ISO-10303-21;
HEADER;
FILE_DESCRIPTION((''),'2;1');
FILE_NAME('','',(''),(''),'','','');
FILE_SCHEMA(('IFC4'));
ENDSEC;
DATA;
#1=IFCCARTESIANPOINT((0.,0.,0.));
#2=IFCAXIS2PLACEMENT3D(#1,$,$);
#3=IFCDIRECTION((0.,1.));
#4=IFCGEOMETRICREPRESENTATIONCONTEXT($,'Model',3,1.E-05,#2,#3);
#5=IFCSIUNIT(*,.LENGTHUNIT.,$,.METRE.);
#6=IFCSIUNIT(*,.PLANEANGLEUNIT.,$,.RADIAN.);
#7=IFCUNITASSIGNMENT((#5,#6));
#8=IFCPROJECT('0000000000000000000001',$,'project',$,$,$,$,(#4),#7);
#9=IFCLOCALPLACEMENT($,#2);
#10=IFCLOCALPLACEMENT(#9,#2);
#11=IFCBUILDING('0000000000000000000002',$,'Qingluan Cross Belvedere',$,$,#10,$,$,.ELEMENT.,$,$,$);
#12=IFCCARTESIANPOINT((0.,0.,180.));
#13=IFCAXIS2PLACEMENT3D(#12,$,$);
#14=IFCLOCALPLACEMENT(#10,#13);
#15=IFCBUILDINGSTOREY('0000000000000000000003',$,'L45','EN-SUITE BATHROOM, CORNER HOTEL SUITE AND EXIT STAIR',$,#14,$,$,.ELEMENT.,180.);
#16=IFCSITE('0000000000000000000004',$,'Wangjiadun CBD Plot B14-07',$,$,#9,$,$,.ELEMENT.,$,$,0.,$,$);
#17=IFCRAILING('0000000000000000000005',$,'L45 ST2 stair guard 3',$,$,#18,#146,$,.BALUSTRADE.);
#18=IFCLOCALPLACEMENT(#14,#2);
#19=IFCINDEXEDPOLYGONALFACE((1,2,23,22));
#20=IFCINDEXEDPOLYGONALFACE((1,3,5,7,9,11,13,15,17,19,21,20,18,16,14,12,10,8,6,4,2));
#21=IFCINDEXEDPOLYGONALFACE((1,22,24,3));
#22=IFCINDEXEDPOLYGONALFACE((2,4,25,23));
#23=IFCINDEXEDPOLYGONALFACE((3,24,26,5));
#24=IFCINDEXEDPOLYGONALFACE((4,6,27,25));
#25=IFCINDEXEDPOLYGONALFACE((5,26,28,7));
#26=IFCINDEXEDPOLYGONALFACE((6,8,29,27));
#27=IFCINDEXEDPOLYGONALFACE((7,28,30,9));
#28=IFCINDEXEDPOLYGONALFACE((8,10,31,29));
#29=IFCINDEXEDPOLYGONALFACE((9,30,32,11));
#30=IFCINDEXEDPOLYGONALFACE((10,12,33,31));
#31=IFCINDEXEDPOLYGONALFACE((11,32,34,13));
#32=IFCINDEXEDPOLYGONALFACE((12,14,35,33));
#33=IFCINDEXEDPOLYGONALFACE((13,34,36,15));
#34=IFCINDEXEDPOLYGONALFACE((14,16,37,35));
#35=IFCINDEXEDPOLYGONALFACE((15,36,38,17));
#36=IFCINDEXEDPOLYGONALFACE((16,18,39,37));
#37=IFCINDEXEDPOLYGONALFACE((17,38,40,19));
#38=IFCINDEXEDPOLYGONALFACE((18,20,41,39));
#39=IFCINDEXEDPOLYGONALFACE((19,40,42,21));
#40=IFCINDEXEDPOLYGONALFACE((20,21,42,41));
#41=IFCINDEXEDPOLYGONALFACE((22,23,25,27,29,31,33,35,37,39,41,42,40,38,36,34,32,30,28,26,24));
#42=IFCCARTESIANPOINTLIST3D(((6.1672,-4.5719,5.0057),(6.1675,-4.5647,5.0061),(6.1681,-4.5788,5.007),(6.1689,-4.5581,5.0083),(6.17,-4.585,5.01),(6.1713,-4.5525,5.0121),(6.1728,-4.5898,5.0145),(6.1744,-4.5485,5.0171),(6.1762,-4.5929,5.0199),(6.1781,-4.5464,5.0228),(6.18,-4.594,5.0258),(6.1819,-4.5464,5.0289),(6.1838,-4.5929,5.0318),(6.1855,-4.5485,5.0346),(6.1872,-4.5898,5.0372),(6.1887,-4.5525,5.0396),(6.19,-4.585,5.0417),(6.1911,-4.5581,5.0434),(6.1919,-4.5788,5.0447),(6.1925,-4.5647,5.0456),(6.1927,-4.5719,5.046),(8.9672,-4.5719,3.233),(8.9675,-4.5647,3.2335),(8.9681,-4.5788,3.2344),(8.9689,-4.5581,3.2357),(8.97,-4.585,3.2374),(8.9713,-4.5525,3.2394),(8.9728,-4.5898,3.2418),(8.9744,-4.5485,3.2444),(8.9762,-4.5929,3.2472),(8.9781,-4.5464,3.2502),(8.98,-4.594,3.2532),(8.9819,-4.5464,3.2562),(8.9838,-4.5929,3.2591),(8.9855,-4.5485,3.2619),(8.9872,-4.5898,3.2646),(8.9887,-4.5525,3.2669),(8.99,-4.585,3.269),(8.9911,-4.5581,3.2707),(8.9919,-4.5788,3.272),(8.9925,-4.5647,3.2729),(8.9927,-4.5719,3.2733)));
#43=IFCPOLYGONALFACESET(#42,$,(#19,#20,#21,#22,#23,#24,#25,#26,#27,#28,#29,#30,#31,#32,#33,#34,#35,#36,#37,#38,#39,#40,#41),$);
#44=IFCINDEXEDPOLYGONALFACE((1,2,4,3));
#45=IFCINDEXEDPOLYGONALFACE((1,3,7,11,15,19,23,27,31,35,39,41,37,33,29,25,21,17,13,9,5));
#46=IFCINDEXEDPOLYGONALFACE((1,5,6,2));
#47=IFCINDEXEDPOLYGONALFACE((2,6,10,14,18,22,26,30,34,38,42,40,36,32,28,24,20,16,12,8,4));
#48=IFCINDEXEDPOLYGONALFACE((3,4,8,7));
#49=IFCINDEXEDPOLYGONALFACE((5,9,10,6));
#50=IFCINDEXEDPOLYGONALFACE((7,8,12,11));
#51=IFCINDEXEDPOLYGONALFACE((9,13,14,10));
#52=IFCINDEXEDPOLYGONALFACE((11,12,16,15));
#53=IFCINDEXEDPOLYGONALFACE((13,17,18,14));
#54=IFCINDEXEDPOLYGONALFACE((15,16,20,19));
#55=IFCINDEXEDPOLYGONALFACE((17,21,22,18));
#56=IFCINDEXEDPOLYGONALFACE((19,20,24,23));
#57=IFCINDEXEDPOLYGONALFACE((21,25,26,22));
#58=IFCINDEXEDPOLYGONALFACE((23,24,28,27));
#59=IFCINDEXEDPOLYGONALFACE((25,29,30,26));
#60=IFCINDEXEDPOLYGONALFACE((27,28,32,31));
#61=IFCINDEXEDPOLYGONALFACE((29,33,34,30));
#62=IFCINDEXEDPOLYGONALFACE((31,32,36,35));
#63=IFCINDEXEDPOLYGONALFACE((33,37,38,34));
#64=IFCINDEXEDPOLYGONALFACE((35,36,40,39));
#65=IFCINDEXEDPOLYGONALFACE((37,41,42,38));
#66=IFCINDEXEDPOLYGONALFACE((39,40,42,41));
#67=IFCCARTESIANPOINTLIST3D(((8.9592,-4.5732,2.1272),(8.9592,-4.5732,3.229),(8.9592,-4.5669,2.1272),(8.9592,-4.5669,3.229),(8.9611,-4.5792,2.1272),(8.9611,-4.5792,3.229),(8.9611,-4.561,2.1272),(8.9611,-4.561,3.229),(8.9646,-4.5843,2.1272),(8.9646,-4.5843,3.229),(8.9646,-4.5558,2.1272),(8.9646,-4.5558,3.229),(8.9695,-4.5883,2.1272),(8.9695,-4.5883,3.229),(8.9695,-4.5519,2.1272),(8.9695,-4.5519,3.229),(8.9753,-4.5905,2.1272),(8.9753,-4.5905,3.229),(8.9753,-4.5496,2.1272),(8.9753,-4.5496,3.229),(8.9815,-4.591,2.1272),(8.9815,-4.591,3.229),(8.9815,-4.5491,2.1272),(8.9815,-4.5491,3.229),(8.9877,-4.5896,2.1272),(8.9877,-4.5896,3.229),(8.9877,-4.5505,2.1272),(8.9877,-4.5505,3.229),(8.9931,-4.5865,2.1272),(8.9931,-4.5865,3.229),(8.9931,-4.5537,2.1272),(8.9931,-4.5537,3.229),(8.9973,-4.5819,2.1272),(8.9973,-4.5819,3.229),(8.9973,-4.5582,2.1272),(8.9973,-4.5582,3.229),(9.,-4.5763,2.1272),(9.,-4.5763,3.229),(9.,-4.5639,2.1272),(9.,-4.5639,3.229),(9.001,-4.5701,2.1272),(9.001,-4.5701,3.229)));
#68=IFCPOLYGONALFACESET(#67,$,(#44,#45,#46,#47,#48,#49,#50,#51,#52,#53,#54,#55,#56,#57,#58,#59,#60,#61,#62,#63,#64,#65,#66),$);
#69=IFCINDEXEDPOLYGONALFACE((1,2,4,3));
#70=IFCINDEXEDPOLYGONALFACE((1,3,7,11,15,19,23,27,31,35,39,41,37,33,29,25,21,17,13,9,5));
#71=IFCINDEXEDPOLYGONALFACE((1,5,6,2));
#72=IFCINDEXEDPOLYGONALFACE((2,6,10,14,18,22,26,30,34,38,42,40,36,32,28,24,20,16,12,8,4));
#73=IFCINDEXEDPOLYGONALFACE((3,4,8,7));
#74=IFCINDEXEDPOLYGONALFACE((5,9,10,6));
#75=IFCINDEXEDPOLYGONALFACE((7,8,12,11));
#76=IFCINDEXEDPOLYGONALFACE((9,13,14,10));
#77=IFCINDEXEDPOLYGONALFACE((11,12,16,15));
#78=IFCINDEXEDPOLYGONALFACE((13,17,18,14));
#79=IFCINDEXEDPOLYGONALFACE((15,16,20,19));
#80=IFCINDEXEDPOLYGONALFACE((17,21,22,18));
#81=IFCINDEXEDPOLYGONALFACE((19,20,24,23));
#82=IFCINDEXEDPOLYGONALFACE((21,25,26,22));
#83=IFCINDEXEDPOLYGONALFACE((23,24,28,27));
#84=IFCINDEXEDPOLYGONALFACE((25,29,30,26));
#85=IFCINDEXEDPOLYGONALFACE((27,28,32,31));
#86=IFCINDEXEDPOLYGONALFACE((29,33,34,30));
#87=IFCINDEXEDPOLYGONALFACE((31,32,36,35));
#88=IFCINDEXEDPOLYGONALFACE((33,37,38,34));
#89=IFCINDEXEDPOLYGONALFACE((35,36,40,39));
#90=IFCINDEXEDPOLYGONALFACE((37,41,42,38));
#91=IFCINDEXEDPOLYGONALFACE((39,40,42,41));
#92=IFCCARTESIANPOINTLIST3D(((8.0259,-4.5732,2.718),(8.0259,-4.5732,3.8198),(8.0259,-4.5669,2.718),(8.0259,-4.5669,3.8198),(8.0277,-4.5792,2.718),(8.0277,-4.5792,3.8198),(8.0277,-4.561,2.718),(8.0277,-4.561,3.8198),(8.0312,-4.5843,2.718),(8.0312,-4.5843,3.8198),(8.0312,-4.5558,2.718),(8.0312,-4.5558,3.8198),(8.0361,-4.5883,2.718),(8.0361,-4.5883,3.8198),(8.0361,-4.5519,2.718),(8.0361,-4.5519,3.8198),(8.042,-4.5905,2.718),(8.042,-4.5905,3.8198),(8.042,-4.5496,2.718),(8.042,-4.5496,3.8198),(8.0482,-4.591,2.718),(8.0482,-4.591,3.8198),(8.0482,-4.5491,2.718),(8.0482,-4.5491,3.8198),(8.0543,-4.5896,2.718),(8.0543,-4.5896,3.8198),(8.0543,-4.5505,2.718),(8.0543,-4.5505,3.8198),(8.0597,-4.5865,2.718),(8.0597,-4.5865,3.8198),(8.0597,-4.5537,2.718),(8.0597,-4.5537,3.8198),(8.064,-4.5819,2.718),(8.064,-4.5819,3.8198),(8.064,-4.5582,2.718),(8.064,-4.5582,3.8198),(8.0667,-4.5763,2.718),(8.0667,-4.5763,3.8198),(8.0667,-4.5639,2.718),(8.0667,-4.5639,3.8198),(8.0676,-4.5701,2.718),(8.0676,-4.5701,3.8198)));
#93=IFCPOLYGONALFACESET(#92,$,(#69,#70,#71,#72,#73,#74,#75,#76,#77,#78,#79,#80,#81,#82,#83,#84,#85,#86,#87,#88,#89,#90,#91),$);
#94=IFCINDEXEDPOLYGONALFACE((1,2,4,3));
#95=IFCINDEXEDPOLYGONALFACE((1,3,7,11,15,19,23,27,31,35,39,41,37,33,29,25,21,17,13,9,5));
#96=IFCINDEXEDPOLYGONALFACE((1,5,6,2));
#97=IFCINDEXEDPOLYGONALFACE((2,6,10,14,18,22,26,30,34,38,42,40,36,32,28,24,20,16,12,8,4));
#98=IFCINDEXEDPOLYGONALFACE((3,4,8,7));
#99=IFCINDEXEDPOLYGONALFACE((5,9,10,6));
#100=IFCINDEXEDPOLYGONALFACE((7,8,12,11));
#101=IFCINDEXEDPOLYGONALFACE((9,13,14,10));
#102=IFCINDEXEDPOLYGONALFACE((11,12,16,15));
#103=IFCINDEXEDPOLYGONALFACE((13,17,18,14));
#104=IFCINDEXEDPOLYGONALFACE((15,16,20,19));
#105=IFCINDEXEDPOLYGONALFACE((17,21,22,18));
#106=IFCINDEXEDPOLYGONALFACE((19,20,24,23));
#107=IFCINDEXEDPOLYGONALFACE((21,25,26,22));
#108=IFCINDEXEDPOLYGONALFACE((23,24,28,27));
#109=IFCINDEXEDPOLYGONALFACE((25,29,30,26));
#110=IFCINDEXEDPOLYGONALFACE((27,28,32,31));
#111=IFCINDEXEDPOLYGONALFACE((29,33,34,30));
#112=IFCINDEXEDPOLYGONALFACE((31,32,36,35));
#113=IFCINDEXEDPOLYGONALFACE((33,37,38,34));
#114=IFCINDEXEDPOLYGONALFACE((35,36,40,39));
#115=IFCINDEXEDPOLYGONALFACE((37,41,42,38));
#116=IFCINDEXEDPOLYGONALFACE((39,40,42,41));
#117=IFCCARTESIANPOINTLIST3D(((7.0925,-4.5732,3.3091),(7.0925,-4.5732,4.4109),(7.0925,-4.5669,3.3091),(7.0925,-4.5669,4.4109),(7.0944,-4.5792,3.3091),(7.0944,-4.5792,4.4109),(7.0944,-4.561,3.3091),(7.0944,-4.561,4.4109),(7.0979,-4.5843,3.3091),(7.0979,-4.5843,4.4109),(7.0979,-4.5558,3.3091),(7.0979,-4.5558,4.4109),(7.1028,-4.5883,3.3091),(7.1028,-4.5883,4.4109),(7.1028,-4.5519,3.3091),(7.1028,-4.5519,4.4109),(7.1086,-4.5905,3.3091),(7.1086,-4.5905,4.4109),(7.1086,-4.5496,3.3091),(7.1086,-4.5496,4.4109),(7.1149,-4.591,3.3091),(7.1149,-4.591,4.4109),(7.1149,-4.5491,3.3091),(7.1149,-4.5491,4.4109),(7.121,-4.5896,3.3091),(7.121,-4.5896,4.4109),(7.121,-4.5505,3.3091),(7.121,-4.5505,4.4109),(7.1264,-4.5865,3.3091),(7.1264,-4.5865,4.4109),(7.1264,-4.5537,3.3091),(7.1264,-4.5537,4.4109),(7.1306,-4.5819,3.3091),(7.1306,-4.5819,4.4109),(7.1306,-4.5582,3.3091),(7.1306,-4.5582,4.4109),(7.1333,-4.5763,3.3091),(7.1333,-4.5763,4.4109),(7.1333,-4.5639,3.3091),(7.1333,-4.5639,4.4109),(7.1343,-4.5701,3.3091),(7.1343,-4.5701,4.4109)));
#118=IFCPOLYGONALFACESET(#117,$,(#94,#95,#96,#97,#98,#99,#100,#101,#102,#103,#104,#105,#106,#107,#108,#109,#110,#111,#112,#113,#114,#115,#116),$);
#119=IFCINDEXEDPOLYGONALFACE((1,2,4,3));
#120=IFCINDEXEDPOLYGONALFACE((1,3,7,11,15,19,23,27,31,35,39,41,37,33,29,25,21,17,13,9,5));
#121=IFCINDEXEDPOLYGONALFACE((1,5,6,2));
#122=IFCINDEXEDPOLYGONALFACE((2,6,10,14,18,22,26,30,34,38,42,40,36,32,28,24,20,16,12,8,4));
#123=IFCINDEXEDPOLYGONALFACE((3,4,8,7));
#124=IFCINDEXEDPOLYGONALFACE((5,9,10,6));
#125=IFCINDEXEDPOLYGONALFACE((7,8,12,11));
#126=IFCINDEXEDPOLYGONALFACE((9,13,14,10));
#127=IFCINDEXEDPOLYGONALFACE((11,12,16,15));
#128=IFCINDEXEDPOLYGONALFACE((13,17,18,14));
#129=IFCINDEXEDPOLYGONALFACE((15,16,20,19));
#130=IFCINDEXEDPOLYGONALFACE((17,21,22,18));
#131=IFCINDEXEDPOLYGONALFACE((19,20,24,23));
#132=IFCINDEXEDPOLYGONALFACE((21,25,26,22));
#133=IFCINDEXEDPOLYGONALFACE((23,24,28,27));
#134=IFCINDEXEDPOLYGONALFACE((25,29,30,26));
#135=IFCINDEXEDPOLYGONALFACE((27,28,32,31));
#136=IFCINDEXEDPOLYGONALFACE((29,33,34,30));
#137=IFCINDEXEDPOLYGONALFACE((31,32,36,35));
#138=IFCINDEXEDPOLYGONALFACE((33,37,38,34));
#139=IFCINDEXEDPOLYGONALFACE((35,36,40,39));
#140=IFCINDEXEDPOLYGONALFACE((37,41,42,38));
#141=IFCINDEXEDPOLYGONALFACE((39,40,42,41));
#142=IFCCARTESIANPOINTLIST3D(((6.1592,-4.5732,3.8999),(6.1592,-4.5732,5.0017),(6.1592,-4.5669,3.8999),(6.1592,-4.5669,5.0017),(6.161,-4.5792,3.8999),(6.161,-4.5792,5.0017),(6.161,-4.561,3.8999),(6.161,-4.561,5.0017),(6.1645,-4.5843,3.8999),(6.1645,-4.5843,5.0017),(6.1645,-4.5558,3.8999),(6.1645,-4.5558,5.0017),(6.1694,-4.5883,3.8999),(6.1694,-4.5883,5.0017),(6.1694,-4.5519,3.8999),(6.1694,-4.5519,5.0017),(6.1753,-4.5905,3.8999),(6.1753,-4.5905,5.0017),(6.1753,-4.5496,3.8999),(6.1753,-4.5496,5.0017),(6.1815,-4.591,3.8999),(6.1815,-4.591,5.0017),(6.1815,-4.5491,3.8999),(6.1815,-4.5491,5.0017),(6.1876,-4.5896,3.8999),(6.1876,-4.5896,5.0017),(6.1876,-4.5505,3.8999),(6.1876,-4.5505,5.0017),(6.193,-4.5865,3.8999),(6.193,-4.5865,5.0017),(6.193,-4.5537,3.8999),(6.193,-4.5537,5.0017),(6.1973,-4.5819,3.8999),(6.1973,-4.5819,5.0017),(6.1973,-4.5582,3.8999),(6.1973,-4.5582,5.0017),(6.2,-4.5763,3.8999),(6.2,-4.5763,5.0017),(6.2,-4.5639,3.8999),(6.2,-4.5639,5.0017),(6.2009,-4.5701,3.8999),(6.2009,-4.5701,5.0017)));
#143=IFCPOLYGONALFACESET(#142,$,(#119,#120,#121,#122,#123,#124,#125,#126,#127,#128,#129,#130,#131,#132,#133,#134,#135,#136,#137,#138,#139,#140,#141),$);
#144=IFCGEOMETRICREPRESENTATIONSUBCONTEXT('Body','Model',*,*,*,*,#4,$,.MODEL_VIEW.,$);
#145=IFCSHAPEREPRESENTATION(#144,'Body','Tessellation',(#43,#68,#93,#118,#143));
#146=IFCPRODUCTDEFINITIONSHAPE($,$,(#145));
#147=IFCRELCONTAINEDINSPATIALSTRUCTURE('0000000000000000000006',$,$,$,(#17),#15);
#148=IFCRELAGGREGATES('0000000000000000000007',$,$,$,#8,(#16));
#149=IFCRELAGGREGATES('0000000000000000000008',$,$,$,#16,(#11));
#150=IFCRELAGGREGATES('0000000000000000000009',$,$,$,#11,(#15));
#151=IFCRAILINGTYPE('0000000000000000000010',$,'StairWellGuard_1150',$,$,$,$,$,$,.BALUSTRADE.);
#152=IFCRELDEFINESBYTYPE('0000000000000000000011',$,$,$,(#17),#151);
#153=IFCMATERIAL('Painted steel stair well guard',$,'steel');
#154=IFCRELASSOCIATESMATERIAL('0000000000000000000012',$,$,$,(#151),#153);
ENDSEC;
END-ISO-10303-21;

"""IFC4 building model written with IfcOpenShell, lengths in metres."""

from ifc_helpers import new_model, si_unit, direction, frame, origin, origin_2d, place, context, subcontext, project, spatial, circle, extrude, material, type_object, element, save


model = new_model("IFC4")

# Units and contexts
model_context = context("Model", 3, precision=1e-05, world=origin(), true_north=direction((0.0, 1.0)))
body_context = subcontext(model_context, "Body", "Model", "MODEL_VIEW")
ifc_project = project(units=[si_unit("LENGTHUNIT", "METRE"), si_unit("PLANEANGLEUNIT", "RADIAN")], contexts=[model_context])

# Site, building, storey
site_placement = place(None, origin())
site = spatial("IfcSite", under=ifc_project, at=site_placement, Name="Wangjiadun CBD Plot B14-07", CompositionType="ELEMENT", RefElevation=0.0)
building_placement = place(site_placement, origin())
building = spatial("IfcBuilding", under=site, at=building_placement, Name="Qingluan Cross Belvedere", CompositionType="ELEMENT")
storey_placement = place(building_placement, frame((0.0, 0.0, 180.0)))
storey = spatial("IfcBuildingStorey", under=building, at=storey_placement, Name="L45", Description="EN-SUITE BATHROOM, CORNER HOTEL SUITE AND EXIT STAIR", CompositionType="ELEMENT", Elevation=180.0)

# Railing
ifc_material_1 = material(Name="Painted steel stair well guard", Category="steel")
railing_type_1 = type_object("IfcRailingType", Name="StairWellGuard_1150", PredefinedType="BALUSTRADE", material=ifc_material_1)
railing_1_placement = place(storey_placement, frame((8.98, -4.5701, 2.1272)))
element("IfcRailing", 1, at=railing_1_placement, inside=storey, type_object=railing_type_1, Name="L45 ST2 stair guard 3", PredefinedType="BALUSTRADE", context=body_context, shape_type="SweptSolid", body=[
    extrude(circle(Radius=0.0239, at=origin_2d()), frame((0.0, 0.0, 1.126), z_axis=(-0.844909, 0.0, 0.53491), x_axis=(0.0, -1.0, 0.0)), (0.0, 0.0, 1.0), 3.314),
    extrude(circle(Radius=0.021, at=origin_2d()), origin(), (0.0, 0.0, 1.0), 1.1018),
    extrude(circle(Radius=0.021, at=origin_2d()), frame((-0.9333, 0.0, 0.5908)), (0.0, 0.0, 1.0), 1.1018),
    extrude(circle(Radius=0.021, at=origin_2d()), frame((-1.8667, 0.0, 1.1819)), (0.0, 0.0, 1.0), 1.1018),
    extrude(circle(Radius=0.021, at=origin_2d()), frame((-2.8, 0.0, 1.7727)), (0.0, 0.0, 1.0), 1.1018),
])

save(model, "model.ifc")
